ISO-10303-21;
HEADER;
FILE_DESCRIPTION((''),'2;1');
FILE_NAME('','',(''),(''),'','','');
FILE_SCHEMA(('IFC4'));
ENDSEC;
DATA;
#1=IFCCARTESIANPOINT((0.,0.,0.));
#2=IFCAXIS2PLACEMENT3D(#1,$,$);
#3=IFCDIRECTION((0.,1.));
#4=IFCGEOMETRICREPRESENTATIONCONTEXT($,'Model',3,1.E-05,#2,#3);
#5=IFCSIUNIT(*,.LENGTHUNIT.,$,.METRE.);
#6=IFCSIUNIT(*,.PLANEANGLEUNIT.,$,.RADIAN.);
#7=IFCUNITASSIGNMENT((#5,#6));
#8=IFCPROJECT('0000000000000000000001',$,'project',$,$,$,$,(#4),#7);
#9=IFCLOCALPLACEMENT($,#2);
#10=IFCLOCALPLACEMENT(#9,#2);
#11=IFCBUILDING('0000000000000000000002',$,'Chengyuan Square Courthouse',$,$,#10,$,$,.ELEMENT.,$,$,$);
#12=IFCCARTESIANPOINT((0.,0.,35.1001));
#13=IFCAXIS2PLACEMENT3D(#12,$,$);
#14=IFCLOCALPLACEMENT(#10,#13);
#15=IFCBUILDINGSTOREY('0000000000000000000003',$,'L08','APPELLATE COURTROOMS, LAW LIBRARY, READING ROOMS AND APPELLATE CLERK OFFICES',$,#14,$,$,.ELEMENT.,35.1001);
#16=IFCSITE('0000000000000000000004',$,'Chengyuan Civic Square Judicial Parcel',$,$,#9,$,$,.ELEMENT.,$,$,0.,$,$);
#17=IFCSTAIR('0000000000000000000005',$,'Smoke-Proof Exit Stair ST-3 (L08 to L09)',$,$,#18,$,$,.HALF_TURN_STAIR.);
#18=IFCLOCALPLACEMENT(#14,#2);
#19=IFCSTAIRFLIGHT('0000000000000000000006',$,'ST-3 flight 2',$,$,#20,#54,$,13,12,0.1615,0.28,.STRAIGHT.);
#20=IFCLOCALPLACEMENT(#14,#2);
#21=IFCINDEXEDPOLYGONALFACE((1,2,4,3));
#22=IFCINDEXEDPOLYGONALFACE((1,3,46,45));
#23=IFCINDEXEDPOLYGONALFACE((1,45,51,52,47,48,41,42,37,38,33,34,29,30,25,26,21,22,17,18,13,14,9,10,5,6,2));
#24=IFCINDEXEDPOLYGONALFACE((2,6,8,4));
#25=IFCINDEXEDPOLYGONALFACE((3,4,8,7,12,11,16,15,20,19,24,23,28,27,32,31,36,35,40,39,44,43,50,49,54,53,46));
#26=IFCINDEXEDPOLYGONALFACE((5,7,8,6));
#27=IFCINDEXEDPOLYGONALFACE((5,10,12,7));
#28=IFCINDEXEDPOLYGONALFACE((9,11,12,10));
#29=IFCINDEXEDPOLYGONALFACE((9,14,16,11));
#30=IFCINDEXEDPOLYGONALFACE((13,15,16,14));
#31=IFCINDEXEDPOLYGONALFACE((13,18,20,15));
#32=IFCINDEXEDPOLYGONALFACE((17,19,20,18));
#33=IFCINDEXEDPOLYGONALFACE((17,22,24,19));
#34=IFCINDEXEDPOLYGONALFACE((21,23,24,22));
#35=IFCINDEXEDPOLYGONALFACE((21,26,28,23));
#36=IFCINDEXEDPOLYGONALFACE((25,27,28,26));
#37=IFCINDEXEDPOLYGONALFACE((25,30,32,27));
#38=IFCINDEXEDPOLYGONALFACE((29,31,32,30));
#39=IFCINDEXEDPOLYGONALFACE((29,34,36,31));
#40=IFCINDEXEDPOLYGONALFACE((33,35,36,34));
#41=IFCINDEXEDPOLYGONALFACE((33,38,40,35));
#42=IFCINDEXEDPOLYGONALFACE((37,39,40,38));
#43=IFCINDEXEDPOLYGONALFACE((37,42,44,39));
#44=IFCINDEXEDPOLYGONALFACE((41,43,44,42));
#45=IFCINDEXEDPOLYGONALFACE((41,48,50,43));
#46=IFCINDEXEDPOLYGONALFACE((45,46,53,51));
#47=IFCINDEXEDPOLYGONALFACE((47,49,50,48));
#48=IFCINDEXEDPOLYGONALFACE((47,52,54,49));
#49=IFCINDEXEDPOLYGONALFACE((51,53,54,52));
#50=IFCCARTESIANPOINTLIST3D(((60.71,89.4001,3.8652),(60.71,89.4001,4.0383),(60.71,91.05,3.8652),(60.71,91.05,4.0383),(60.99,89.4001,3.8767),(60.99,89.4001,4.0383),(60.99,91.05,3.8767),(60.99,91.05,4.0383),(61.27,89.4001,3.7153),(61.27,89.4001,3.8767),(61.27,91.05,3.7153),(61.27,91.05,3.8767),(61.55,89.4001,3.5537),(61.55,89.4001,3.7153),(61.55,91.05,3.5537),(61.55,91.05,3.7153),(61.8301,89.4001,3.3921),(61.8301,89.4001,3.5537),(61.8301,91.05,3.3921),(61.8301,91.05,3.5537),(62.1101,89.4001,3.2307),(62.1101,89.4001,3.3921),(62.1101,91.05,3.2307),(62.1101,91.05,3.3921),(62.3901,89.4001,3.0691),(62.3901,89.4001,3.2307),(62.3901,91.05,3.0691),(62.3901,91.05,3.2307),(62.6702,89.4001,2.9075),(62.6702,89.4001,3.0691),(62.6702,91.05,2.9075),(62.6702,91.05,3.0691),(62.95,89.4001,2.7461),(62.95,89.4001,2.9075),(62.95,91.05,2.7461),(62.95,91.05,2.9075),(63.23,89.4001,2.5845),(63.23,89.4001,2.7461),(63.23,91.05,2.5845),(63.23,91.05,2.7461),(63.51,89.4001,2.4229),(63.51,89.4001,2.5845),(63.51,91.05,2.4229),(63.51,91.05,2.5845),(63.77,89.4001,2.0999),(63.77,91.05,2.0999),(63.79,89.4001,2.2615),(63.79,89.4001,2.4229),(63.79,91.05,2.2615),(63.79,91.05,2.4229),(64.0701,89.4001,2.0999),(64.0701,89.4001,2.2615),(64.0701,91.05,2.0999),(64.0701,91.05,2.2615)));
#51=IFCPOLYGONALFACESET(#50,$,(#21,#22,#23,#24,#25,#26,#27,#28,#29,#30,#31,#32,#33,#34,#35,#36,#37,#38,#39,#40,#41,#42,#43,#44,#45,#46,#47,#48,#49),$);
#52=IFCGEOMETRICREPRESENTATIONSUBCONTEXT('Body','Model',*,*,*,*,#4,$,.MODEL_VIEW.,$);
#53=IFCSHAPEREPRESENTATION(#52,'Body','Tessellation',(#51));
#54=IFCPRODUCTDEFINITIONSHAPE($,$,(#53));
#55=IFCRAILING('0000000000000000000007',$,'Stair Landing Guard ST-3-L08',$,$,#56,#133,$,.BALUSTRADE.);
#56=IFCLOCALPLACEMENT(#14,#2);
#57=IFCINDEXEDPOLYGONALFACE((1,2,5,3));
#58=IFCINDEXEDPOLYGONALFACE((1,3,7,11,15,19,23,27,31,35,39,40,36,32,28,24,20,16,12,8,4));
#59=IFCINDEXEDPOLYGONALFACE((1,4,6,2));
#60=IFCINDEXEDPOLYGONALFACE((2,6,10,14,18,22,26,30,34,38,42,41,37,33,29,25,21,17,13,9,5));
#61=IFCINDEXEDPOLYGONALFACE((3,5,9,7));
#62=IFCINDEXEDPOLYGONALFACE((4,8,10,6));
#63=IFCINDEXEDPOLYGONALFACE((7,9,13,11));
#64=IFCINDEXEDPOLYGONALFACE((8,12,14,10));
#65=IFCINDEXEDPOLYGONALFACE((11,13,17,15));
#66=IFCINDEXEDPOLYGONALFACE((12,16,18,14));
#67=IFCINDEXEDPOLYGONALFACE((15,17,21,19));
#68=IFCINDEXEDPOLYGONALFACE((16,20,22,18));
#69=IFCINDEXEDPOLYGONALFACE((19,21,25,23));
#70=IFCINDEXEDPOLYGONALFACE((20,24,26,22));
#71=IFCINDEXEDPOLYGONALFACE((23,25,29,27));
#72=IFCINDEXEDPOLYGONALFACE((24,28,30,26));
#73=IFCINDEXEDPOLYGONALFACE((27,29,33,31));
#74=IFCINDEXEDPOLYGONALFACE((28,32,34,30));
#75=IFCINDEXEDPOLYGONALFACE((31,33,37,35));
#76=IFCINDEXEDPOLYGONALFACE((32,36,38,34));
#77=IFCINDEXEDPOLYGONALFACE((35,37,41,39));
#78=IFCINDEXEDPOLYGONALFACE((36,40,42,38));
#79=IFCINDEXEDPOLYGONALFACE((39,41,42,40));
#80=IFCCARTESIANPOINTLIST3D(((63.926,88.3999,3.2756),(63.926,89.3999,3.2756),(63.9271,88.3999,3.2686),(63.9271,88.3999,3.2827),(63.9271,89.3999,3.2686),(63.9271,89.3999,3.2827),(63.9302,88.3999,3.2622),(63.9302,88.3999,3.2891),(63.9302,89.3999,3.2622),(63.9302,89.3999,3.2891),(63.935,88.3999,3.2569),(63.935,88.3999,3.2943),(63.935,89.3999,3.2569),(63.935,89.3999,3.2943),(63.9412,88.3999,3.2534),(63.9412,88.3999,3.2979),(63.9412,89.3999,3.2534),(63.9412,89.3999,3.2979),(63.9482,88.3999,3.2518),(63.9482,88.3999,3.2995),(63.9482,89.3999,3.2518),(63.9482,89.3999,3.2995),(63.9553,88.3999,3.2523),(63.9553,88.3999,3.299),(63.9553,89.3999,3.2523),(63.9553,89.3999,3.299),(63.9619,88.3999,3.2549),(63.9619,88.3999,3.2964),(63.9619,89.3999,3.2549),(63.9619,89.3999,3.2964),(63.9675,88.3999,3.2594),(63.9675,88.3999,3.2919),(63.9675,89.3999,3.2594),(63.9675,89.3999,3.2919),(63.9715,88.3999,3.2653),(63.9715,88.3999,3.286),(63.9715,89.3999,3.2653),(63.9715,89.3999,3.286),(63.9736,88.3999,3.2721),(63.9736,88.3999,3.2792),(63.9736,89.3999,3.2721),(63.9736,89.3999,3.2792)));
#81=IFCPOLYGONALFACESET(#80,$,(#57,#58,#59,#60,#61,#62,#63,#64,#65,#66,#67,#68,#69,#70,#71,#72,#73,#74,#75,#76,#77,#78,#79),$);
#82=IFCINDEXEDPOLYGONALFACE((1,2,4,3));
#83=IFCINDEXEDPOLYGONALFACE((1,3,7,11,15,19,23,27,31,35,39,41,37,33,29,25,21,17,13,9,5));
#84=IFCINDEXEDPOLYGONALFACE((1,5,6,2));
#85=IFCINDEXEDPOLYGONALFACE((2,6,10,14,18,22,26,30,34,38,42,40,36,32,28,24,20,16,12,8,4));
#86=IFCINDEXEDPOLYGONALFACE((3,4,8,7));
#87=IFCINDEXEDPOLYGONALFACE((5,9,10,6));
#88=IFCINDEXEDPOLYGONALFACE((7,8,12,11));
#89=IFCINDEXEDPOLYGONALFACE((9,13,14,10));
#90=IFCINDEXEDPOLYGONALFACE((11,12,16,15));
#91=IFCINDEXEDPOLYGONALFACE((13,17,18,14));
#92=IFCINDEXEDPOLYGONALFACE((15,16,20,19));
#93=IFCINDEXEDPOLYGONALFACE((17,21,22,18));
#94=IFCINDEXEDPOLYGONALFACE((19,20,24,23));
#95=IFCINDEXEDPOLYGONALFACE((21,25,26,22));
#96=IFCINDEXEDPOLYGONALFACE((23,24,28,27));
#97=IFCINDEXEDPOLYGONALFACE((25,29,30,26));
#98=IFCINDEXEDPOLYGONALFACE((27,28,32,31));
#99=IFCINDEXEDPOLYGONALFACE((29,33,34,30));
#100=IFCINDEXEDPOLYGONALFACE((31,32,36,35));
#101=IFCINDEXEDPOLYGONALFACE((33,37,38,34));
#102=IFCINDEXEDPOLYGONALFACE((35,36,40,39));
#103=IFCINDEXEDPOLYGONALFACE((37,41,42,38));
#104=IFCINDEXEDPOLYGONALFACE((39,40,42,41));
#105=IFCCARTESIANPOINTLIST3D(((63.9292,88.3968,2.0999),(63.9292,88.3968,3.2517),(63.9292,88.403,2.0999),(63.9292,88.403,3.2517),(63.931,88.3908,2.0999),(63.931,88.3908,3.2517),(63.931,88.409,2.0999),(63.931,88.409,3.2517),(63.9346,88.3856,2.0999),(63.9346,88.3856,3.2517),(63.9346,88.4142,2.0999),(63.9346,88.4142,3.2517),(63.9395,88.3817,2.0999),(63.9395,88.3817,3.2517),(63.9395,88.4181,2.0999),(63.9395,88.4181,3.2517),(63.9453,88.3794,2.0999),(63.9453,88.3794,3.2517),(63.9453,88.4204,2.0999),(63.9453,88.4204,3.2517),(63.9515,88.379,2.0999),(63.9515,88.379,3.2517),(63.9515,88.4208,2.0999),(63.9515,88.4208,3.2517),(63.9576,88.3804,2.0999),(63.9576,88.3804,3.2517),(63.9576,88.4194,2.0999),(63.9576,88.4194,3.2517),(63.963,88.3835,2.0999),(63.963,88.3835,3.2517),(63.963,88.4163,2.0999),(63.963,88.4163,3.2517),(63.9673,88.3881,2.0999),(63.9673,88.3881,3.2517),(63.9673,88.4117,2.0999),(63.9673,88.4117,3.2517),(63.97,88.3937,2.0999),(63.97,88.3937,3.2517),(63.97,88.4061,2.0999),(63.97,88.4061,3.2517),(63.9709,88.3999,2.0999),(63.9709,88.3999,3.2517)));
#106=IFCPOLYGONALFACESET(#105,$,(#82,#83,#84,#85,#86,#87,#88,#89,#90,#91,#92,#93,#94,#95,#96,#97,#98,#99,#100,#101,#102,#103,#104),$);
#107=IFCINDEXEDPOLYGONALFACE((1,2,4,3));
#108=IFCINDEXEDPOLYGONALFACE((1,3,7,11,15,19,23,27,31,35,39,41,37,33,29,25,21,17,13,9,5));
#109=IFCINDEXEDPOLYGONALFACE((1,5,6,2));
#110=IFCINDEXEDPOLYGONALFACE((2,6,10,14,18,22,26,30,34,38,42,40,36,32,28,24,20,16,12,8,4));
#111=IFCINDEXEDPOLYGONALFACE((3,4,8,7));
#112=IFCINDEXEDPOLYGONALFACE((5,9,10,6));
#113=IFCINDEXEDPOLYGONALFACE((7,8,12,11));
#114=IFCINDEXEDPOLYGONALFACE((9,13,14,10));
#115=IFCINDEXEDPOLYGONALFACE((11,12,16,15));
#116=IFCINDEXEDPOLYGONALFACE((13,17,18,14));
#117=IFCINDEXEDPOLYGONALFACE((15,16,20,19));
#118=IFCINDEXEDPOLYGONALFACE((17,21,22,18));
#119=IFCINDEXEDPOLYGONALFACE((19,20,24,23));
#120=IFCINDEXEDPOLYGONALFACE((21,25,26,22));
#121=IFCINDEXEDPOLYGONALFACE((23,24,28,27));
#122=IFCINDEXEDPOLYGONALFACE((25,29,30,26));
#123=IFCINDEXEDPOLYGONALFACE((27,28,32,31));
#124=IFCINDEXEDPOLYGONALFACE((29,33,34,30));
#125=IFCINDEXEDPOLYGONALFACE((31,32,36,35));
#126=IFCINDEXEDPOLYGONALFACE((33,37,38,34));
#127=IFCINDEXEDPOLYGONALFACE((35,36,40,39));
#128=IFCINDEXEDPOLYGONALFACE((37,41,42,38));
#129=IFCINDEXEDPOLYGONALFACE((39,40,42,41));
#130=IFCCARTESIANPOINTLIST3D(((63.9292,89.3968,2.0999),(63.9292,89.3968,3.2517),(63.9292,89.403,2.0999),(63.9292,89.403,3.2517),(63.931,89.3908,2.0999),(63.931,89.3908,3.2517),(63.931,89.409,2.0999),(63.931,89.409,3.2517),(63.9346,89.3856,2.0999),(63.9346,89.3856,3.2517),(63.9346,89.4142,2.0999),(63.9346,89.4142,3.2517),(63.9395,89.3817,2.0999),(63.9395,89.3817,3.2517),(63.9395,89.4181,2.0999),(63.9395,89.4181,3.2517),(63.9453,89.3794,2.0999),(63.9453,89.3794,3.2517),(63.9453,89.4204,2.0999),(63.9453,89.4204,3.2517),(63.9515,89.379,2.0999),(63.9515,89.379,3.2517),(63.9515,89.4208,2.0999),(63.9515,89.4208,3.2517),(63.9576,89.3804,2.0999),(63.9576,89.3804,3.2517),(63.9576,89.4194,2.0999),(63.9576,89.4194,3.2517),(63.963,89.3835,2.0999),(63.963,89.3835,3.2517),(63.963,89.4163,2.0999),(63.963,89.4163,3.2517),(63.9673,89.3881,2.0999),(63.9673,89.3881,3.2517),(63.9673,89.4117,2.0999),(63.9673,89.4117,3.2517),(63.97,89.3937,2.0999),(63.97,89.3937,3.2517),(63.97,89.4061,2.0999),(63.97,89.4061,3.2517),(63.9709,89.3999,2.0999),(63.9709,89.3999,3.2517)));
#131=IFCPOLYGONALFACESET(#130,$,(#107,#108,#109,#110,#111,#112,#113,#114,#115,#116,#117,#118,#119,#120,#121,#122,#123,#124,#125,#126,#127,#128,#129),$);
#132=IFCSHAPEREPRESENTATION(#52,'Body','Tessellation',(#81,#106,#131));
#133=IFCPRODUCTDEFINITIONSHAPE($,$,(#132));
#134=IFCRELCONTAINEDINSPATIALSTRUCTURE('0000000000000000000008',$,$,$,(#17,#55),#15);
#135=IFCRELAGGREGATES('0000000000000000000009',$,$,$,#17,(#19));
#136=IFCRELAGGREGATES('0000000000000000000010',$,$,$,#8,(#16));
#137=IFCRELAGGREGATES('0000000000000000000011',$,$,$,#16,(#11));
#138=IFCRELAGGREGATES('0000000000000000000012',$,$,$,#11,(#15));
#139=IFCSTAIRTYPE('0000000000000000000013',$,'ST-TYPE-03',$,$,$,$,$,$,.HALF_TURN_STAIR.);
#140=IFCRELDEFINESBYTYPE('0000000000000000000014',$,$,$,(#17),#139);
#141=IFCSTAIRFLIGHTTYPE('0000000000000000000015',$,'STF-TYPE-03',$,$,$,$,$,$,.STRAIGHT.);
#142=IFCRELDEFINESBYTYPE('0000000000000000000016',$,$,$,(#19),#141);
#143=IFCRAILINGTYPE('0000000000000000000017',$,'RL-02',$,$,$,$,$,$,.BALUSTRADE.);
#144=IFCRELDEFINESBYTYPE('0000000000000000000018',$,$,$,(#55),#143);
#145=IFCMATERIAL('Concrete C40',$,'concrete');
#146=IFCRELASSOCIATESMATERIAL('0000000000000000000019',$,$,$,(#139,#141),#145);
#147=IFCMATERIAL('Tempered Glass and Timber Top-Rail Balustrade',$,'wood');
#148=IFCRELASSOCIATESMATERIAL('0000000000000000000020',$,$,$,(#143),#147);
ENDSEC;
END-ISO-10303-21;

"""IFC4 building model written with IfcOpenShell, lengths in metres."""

from ifc_helpers import new_model, si_unit, direction, frame, origin, origin_2d, place, context, subcontext, project, spatial, polyline, circle, outline, extrude, material, type_object, element, aggregate, save


model = new_model("IFC4")

# Units and contexts
model_context = context("Model", 3, precision=1e-05, world=origin(), true_north=direction((0.0, 1.0)))
body_context = subcontext(model_context, "Body", "Model", "MODEL_VIEW")
ifc_project = project(units=[si_unit("LENGTHUNIT", "METRE"), si_unit("PLANEANGLEUNIT", "RADIAN")], contexts=[model_context])

# Site, building, storey
site_placement = place(None, origin())
site = spatial("IfcSite", under=ifc_project, at=site_placement, Name="Chengyuan Civic Square Judicial Parcel", CompositionType="ELEMENT", RefElevation=0.0)
building_placement = place(site_placement, origin())
building = spatial("IfcBuilding", under=site, at=building_placement, Name="Chengyuan Square Courthouse", CompositionType="ELEMENT")
storey_placement = place(building_placement, frame((0.0, 0.0, 35.1001)))
storey = spatial("IfcBuildingStorey", under=building, at=storey_placement, Name="L08", Description="APPELLATE COURTROOMS, LAW LIBRARY, READING ROOMS AND APPELLATE CLERK OFFICES", CompositionType="ELEMENT", Elevation=35.1001)

# Shared definitions
ifc_material_1 = material(Name="Concrete C40", Category="concrete")

# Stair, stair flight
stair_type = type_object("IfcStairType", Name="ST-TYPE-03", PredefinedType="HALF_TURN_STAIR", material=ifc_material_1)
stair_placement = place(storey_placement, origin())
stair = element("IfcStair", 1, at=stair_placement, inside=storey, type_object=stair_type, Name="Smoke-Proof Exit Stair ST-3 (L08 to L09)", PredefinedType="HALF_TURN_STAIR")
stair_flight_type = type_object("IfcStairFlightType", Name="STF-TYPE-03", PredefinedType="STRAIGHT", material=ifc_material_1)
stair_flight_placement = place(storey_placement, frame((64.0701, 90.2251, 2.0999), z_axis=(0.0, 0.0, 1.0), x_axis=(-1.0, 0.0, 0.0)))
stair_flight = element("IfcStairFlight", 2, at=stair_flight_placement, type_object=stair_flight_type, Name="ST-3 flight 2", NumberOfRisers=13, NumberOfTreads=12, PredefinedType="STRAIGHT", RiserHeight=0.1615, TreadLength=0.28, context=body_context, shape_type="SweptSolid", body=[
    extrude(outline(polyline([(0.0, 0.0), (0.0, 0.1616), (0.28, 0.1616), (0.28, 0.323), (0.5601, 0.323), (0.5601, 0.4846), (0.8401, 0.4846), (0.8401, 0.6462), (1.1201, 0.6462), (1.1201, 0.8076), (1.3999, 0.8076), (1.3999, 0.9692), (1.6799, 0.9692), (1.6799, 1.1309), (1.96, 1.1309), (1.96, 1.2922), (2.24, 1.2922), (2.24, 1.4539), (2.52, 1.4539), (2.52, 1.6155), (2.8, 1.6155), (2.8, 1.7769), (3.0801, 1.7769), (3.0801, 1.9385), (3.3601, 1.9385), (3.3601, 2.1001), (3.3601, 1.7654), (0.3, 0.0), (0.0, 0.0)])), frame((0.0, 0.825, 0.0), z_axis=(0.0, -1.0, 0.0), x_axis=(1.0, 0.0, 0.0)), (0.0, 0.0, 1.0), 1.6499),
])
aggregate(stair, [stair_flight])

# Railing
ifc_material_2 = material(Name="Tempered Glass and Timber Top-Rail Balustrade", Category="wood")
railing_type_1 = type_object("IfcRailingType", Name="RL-02", PredefinedType="BALUSTRADE", material=ifc_material_2)
railing_1_placement = place(storey_placement, frame((63.95, 88.3999, 2.0999)))
element("IfcRailing", 3, at=railing_1_placement, inside=storey, type_object=railing_type_1, Name="Stair Landing Guard ST-3-L08", PredefinedType="BALUSTRADE", context=body_context, shape_type="SweptSolid", body=[
    extrude(circle(Radius=0.0239, at=origin_2d()), frame((0.0, 0.0, 1.1758), z_axis=(0.0, 1.0, 0.0), x_axis=(-1.0, 0.0, 0.0)), (0.0, 0.0, 1.0), 1.0),
    extrude(circle(Radius=0.021, at=origin_2d()), origin(), (0.0, 0.0, 1.0), 1.1519),
    extrude(circle(Radius=0.021, at=origin_2d()), frame((0.0, 1.0, 0.0)), (0.0, 0.0, 1.0), 1.1519),
])

save(model, "model.ifc")
